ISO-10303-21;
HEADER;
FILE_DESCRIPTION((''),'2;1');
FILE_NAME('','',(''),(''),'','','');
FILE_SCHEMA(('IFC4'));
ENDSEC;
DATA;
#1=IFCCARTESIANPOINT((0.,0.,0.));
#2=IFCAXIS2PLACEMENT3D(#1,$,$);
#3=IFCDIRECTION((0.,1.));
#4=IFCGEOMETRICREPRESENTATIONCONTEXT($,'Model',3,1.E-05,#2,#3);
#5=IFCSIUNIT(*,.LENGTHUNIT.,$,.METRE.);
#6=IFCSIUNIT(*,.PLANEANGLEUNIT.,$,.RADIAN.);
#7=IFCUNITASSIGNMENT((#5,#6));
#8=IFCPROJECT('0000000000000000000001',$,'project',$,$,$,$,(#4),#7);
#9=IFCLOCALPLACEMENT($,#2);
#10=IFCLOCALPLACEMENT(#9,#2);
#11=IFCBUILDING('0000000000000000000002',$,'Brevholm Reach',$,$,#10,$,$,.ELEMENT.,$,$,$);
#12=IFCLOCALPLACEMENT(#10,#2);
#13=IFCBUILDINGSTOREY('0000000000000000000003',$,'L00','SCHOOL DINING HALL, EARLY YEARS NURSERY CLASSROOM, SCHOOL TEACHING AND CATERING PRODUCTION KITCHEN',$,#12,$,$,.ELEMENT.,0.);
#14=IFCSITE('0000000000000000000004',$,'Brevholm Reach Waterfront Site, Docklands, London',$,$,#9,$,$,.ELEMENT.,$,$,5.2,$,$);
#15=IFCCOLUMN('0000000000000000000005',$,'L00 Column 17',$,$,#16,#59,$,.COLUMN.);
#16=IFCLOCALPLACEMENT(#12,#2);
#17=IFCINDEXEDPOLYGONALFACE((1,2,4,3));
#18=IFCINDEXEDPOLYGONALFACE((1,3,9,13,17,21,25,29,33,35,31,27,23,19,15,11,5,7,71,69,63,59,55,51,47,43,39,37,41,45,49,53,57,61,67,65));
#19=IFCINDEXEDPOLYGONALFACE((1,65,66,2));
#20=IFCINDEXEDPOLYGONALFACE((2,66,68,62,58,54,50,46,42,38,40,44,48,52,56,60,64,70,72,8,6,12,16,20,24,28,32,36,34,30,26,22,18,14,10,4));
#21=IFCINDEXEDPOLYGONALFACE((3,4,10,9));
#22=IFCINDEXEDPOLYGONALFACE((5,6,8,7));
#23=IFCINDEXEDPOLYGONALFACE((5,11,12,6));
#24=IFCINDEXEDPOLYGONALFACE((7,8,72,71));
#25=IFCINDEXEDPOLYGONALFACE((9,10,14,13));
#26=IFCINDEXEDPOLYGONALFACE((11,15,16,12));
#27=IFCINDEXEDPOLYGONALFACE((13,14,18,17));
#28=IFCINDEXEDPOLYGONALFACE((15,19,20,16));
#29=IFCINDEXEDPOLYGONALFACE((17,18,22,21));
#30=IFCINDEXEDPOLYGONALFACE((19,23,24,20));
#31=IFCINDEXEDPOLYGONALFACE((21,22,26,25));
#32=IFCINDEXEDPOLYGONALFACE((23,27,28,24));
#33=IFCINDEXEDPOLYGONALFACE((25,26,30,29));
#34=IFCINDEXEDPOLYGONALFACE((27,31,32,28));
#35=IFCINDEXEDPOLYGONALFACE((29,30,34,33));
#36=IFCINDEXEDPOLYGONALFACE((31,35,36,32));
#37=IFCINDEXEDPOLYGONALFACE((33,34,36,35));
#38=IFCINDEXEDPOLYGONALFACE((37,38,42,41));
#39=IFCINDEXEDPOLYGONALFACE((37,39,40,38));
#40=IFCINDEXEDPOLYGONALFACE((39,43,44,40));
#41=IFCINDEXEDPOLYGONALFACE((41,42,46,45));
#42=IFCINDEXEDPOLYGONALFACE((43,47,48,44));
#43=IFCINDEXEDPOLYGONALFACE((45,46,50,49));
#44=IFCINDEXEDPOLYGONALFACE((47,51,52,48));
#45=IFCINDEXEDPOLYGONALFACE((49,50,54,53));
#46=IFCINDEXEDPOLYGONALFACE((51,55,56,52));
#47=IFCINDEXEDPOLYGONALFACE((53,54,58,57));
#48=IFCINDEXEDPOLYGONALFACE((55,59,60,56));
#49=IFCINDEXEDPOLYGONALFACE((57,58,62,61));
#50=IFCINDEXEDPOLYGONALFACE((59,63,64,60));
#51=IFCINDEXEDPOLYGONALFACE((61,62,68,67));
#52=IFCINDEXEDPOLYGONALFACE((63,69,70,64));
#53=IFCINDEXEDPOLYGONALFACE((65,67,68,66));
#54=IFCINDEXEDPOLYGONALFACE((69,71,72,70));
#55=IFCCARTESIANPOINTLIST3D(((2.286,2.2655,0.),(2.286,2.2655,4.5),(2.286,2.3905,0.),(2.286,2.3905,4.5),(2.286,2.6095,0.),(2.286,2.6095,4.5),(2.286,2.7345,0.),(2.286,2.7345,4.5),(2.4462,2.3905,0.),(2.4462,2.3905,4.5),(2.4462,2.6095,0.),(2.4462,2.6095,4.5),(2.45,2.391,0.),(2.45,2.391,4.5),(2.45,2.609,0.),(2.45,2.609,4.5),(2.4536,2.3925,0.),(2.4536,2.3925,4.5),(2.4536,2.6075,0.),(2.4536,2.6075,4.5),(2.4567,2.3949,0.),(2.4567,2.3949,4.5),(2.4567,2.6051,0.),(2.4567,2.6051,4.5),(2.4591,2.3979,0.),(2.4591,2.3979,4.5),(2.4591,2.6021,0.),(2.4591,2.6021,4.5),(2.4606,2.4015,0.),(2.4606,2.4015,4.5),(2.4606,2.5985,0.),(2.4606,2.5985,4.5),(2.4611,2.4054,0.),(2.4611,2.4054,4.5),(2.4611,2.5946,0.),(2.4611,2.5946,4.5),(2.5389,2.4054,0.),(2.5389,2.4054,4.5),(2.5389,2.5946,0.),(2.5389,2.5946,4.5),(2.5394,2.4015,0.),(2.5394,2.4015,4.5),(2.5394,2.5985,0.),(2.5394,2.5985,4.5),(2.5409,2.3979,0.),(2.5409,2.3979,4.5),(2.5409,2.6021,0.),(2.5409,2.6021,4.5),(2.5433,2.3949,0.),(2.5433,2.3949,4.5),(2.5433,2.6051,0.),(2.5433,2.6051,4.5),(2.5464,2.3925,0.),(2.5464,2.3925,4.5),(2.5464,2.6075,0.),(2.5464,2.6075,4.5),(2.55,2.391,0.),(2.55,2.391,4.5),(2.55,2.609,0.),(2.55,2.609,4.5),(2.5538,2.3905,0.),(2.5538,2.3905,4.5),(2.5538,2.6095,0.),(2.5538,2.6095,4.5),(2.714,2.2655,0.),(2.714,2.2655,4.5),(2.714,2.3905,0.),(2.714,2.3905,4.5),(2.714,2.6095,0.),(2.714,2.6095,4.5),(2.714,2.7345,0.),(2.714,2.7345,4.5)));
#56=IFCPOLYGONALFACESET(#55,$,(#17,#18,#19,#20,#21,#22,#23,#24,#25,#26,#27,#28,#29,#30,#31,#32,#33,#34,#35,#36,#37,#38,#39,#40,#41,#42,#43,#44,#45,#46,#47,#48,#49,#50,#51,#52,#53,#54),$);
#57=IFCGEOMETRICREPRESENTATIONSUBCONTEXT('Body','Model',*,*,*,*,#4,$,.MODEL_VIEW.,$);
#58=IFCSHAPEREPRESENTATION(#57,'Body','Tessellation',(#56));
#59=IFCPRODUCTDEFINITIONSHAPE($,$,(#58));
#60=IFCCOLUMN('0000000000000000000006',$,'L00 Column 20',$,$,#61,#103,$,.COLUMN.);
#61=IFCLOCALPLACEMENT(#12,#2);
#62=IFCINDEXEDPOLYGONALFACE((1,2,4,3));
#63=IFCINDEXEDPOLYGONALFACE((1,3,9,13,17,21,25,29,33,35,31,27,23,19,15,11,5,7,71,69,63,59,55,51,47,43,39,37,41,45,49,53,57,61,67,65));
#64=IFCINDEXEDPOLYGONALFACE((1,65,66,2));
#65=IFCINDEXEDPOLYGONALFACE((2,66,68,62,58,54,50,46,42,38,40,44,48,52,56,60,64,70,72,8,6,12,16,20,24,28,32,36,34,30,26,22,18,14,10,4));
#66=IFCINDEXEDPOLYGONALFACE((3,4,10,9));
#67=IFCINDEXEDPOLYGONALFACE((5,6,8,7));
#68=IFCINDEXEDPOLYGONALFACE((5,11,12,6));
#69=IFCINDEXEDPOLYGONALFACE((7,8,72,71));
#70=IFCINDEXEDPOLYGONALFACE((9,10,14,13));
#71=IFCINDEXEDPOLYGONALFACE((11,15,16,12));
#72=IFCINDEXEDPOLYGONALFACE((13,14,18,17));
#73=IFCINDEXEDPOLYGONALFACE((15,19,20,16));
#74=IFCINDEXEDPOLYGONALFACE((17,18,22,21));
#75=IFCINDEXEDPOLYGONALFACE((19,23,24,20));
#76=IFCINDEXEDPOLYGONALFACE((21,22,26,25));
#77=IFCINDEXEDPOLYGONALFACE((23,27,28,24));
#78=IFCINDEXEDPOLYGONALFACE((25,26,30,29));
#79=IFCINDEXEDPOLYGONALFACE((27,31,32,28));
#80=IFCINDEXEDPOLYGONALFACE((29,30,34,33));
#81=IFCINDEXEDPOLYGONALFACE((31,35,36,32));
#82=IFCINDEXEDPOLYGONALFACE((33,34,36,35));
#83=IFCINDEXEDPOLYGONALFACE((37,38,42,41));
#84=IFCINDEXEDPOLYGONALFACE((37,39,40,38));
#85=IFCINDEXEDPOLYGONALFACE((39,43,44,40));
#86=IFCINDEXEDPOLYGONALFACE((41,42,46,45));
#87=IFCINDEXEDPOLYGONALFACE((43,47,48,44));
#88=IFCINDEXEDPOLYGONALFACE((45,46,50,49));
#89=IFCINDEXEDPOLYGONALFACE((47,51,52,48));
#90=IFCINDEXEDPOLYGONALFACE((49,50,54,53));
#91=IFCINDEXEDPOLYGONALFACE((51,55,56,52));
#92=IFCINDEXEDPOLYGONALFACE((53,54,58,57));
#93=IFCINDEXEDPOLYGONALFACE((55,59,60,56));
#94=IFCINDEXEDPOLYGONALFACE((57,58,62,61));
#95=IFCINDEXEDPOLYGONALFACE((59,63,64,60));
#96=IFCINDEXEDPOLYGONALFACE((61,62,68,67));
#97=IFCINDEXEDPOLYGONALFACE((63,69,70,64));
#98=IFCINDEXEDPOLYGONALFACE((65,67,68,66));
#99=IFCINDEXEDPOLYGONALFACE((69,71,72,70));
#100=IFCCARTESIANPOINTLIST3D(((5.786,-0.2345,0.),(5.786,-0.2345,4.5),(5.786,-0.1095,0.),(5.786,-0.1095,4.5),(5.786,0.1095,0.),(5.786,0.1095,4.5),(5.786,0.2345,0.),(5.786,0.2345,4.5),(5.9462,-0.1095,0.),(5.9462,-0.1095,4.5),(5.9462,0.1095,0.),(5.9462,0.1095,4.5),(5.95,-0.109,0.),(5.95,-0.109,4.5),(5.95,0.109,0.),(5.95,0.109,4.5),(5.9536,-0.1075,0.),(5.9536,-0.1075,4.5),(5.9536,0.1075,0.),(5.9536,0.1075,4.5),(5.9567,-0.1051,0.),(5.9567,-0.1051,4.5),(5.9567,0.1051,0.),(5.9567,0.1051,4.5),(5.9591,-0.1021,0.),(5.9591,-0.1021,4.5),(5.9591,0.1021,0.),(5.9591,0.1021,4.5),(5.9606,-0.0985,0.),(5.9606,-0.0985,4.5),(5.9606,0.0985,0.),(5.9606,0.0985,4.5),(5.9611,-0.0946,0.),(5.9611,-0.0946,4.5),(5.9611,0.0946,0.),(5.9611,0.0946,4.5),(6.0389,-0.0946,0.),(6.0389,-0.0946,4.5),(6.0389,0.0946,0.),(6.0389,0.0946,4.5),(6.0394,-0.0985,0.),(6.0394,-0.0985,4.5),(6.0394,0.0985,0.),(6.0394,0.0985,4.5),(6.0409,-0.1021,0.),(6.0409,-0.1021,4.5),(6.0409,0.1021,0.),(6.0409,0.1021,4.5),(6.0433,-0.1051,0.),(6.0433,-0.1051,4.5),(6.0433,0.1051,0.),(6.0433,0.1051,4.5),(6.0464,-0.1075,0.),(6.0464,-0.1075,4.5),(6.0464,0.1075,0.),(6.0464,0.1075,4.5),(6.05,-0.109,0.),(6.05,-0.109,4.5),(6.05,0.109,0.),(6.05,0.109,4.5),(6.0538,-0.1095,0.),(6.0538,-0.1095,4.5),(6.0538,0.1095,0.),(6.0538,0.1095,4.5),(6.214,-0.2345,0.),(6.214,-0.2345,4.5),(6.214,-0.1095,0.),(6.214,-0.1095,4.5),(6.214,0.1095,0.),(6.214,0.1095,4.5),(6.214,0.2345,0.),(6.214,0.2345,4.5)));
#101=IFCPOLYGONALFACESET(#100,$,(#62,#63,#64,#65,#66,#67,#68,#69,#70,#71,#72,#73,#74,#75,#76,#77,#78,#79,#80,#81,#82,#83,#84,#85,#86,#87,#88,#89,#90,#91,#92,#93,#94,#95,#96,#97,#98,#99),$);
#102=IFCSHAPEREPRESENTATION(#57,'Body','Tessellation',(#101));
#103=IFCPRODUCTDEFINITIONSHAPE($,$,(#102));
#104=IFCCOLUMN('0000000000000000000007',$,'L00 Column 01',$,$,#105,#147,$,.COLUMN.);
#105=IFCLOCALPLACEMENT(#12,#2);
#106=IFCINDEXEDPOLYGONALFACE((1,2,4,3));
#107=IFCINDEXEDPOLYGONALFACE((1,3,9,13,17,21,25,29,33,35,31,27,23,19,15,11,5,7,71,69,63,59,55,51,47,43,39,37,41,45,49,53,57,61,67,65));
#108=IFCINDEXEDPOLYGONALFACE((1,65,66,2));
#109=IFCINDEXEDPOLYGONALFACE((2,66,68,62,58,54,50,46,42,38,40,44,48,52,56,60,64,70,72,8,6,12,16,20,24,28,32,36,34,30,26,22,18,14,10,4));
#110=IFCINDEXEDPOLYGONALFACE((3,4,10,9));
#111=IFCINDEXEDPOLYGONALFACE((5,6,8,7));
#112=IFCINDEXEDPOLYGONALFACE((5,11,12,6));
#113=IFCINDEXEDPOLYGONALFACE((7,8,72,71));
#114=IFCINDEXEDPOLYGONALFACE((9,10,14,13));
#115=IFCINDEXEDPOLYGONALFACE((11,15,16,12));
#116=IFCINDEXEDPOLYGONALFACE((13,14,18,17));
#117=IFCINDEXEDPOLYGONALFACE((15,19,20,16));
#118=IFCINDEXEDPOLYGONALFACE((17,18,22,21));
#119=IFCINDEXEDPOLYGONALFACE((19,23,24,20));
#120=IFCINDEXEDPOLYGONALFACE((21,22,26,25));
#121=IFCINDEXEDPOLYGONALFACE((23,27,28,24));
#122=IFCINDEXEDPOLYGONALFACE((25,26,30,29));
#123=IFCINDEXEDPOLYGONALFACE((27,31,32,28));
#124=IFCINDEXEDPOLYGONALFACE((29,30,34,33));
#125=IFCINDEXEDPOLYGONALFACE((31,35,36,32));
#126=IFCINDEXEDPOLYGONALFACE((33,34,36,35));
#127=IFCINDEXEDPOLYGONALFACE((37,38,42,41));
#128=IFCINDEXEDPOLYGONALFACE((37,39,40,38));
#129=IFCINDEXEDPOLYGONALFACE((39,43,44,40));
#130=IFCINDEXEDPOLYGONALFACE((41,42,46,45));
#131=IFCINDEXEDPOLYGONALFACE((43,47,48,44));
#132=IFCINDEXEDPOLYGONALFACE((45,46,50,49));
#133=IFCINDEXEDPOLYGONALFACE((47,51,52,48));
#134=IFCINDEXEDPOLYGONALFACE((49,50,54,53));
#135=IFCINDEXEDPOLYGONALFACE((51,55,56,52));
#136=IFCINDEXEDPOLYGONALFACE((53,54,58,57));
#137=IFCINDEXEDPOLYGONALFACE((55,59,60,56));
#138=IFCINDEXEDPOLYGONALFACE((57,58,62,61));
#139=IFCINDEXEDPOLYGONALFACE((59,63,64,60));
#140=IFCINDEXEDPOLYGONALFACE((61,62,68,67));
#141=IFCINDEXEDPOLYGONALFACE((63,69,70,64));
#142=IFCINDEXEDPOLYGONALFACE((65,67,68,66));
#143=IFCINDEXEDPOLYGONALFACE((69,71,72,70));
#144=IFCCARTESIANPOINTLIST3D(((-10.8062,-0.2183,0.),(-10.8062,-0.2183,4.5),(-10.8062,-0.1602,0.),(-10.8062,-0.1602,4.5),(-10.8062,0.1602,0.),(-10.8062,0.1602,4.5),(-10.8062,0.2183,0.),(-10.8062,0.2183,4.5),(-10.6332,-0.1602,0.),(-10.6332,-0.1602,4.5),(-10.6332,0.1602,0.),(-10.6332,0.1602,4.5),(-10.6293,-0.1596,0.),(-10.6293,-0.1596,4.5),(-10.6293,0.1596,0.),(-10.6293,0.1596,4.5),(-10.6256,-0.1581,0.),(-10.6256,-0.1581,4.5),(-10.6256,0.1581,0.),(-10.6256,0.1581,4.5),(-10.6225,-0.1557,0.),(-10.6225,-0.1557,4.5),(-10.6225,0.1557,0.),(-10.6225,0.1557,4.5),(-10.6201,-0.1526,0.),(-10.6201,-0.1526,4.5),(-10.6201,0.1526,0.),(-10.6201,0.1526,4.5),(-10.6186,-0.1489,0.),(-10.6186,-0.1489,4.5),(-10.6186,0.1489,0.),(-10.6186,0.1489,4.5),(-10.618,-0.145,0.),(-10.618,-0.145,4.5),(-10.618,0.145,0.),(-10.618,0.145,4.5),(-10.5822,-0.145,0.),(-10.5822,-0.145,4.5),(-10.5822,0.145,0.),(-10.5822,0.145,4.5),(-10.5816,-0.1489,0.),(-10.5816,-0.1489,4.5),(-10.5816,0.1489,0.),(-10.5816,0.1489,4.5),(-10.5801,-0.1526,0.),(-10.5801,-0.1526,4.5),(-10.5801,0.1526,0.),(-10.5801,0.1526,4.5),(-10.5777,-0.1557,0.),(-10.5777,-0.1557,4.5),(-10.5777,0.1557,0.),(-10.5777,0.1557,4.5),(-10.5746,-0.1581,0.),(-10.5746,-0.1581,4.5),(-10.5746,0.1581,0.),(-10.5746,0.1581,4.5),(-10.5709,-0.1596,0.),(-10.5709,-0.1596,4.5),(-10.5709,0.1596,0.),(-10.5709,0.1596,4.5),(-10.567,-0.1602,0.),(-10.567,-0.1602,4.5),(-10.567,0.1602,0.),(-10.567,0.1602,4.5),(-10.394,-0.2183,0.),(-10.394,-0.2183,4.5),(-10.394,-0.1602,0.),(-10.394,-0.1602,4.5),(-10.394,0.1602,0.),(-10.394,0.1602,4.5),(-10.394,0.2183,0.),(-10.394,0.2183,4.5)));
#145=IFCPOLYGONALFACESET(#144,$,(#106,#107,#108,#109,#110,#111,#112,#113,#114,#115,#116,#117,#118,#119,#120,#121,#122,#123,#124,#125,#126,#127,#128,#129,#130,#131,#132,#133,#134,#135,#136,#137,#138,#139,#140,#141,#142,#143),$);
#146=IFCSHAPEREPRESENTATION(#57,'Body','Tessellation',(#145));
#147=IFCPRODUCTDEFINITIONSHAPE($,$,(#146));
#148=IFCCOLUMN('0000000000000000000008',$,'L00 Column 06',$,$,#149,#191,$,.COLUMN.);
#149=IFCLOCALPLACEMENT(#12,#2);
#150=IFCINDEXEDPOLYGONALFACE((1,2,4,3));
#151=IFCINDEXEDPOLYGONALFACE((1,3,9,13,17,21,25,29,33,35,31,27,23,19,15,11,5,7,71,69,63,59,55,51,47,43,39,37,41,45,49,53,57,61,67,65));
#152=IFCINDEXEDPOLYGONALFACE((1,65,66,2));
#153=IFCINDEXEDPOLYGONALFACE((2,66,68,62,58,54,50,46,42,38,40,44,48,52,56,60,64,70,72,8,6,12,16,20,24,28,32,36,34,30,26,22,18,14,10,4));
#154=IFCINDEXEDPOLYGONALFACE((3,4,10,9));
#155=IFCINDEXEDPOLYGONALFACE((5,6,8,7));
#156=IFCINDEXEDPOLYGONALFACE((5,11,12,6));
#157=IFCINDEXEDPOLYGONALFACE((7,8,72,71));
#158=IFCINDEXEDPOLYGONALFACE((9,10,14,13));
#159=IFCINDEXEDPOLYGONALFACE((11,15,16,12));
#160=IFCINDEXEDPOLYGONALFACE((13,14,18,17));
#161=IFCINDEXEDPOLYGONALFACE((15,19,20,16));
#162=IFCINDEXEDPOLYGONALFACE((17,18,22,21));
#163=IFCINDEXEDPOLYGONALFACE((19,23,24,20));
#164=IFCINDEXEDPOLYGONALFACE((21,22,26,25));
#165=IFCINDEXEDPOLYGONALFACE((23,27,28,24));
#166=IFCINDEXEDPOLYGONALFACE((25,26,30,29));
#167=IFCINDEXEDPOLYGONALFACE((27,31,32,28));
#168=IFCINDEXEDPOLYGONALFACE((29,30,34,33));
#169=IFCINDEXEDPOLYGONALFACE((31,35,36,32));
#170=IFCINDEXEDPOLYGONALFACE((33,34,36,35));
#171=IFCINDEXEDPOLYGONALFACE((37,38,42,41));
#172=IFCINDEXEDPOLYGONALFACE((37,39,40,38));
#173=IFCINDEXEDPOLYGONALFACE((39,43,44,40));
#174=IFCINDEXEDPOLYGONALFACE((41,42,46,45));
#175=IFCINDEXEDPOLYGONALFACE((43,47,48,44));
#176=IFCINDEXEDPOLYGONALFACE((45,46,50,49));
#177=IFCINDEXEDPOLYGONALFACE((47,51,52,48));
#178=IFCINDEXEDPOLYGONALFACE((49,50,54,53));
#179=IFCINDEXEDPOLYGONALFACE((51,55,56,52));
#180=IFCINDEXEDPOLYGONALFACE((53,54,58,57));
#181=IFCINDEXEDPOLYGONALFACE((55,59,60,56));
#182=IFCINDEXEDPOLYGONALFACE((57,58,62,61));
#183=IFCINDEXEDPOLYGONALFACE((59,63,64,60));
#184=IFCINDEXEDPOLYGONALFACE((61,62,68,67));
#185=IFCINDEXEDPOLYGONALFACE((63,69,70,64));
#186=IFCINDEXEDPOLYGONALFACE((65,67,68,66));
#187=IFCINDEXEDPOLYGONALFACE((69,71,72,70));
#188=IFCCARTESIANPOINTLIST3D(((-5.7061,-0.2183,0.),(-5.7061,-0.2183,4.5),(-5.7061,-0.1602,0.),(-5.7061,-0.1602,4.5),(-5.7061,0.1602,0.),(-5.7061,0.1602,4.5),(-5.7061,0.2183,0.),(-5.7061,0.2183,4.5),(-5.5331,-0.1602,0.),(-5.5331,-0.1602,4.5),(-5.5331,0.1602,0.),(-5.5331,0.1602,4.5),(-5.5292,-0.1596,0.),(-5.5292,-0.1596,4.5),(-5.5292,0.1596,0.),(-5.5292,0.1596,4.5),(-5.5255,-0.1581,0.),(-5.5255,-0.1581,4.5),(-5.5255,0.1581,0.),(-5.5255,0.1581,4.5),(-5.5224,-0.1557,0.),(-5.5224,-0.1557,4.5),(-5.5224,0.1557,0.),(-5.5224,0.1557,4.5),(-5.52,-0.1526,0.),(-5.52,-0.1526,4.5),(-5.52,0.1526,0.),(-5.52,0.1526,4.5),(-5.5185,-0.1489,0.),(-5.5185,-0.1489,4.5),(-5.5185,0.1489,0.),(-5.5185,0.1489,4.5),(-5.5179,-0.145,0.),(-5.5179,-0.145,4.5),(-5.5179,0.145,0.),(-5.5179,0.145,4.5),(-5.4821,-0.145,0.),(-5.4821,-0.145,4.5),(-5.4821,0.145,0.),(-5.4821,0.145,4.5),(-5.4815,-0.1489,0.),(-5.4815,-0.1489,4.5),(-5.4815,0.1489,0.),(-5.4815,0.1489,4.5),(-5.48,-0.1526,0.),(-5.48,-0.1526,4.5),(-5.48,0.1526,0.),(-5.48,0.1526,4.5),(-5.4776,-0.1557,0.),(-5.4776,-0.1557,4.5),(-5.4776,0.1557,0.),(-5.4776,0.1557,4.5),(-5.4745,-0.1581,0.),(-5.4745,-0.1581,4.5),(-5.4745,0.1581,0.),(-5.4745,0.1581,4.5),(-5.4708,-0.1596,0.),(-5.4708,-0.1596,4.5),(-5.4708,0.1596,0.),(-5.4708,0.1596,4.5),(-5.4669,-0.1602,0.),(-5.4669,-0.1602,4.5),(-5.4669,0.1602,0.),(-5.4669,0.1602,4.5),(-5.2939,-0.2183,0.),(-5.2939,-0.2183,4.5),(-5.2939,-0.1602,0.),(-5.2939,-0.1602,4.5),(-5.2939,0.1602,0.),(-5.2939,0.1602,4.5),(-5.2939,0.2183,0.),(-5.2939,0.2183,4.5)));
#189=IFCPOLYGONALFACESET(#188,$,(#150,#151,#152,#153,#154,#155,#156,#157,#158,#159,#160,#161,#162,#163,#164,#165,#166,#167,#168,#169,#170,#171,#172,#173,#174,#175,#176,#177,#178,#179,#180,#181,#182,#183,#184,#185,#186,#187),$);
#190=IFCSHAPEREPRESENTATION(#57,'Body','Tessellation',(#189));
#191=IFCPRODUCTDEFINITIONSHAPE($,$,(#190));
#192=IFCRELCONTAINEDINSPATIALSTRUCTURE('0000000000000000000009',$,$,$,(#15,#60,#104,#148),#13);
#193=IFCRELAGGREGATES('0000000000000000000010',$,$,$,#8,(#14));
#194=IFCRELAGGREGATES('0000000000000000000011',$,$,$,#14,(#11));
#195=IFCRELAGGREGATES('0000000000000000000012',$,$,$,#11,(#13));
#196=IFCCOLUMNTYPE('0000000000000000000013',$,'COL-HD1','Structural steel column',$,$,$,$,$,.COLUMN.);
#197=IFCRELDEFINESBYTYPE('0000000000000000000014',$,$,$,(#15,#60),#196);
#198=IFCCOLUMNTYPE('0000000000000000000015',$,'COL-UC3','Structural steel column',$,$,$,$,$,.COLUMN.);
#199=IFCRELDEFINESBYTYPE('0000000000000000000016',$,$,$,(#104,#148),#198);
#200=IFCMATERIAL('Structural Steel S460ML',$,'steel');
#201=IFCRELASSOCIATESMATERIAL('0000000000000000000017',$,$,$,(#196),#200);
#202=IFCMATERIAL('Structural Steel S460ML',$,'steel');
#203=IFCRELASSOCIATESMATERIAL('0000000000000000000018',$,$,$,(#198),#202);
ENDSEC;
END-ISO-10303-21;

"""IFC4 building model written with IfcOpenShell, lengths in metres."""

from ifc_helpers import new_model, si_unit, direction, frame, origin, origin_2d, place, context, subcontext, project, spatial, i_section, extrude, material, material_profile, profile_set, type_object, element, save


model = new_model("IFC4")

# Units and contexts
model_context = context("Model", 3, precision=1e-05, world=origin(), true_north=direction((0.0, 1.0)))
body_context = subcontext(model_context, "Body", "Model", "MODEL_VIEW")
ifc_project = project(units=[si_unit("LENGTHUNIT", "METRE"), si_unit("PLANEANGLEUNIT", "RADIAN")], contexts=[model_context])

# Site, building, storey
site_placement = place(None, origin())
site = spatial("IfcSite", under=ifc_project, at=site_placement, Name="Brevholm Reach Waterfront Site, Docklands, London", CompositionType="ELEMENT", RefElevation=5.2)
building_placement = place(site_placement, origin())
building = spatial("IfcBuilding", under=site, at=building_placement, Name="Brevholm Reach", CompositionType="ELEMENT")
storey_placement = place(building_placement, origin())
storey = spatial("IfcBuildingStorey", under=building, at=storey_placement, Name="L00", Description="SCHOOL DINING HALL, EARLY YEARS NURSERY CLASSROOM, SCHOOL TEACHING AND CATERING PRODUCTION KITCHEN", CompositionType="ELEMENT", Elevation=0.0)

# Columns
ifc_material_1 = material(Name="Structural Steel S460ML", Category="steel")
ifc_material_profile_1 = material_profile(ifc_material_1, i_section(OverallWidth=0.428, OverallDepth=0.469, WebThickness=0.0779, FlangeThickness=0.125, FilletRadius=0.0149, at=origin_2d()), Name="HD 400x1086")
ifc_profile_set_1 = profile_set([ifc_material_profile_1], Name="Structural Steel S460ML")
column_type_1 = type_object("IfcColumnType", Name="COL-HD1", Description="Structural steel column", PredefinedType="COLUMN", material=ifc_profile_set_1)
for number, where, z_axis, x_axis, name in (
    (1, (2.5, 2.5, 0.0), (0.0, 0.0, 1.0), (1.0, 0.0, 0.0), "L00 Column 17"),
    (2, (6.0, 0.0, 0.0), (0.0, 0.0, 1.0), (1.0, 0.0, 0.0), "L00 Column 20"),
):
    element("IfcColumn", number, at=place(storey_placement, frame(where, z_axis=z_axis, x_axis=x_axis)), inside=storey, type_object=column_type_1, Name=name, PredefinedType="COLUMN", context=body_context, shape_type="SweptSolid", body=[
        extrude(i_section(OverallWidth=0.428, OverallDepth=0.469, WebThickness=0.0779, FlangeThickness=0.125, FilletRadius=0.0149, at=origin_2d()), origin(), (0.0, 0.0, 1.0), 4.5),
    ])
ifc_material_2 = material(Name="Structural Steel S460ML", Category="steel")
ifc_material_profile_2 = material_profile(ifc_material_2, i_section(OverallWidth=0.4121, OverallDepth=0.4365, WebThickness=0.0359, FlangeThickness=0.0581, FilletRadius=0.0151, at=origin_2d()), Name="UKC 356x406x467")
ifc_profile_set_2 = profile_set([ifc_material_profile_2], Name="Structural Steel S460ML")
column_type_2 = type_object("IfcColumnType", Name="COL-UC3", Description="Structural steel column", PredefinedType="COLUMN", material=ifc_profile_set_2)
for number, where, z_axis, x_axis, name in (
    (3, (-10.6001, 0.0, 0.0), (0.0, 0.0, 1.0), (1.0, 0.0, 0.0), "L00 Column 01"),
    (4, (-5.5, 0.0, 0.0), (0.0, 0.0, 1.0), (1.0, 0.0, 0.0), "L00 Column 06"),
):
    element("IfcColumn", number, at=place(storey_placement, frame(where, z_axis=z_axis, x_axis=x_axis)), inside=storey, type_object=column_type_2, Name=name, PredefinedType="COLUMN", context=body_context, shape_type="SweptSolid", body=[
        extrude(i_section(OverallWidth=0.4121, OverallDepth=0.4365, WebThickness=0.0359, FlangeThickness=0.0581, FilletRadius=0.0151, at=origin_2d()), origin(), (0.0, 0.0, 1.0), 4.5),
    ])

save(model, "model.ifc")
